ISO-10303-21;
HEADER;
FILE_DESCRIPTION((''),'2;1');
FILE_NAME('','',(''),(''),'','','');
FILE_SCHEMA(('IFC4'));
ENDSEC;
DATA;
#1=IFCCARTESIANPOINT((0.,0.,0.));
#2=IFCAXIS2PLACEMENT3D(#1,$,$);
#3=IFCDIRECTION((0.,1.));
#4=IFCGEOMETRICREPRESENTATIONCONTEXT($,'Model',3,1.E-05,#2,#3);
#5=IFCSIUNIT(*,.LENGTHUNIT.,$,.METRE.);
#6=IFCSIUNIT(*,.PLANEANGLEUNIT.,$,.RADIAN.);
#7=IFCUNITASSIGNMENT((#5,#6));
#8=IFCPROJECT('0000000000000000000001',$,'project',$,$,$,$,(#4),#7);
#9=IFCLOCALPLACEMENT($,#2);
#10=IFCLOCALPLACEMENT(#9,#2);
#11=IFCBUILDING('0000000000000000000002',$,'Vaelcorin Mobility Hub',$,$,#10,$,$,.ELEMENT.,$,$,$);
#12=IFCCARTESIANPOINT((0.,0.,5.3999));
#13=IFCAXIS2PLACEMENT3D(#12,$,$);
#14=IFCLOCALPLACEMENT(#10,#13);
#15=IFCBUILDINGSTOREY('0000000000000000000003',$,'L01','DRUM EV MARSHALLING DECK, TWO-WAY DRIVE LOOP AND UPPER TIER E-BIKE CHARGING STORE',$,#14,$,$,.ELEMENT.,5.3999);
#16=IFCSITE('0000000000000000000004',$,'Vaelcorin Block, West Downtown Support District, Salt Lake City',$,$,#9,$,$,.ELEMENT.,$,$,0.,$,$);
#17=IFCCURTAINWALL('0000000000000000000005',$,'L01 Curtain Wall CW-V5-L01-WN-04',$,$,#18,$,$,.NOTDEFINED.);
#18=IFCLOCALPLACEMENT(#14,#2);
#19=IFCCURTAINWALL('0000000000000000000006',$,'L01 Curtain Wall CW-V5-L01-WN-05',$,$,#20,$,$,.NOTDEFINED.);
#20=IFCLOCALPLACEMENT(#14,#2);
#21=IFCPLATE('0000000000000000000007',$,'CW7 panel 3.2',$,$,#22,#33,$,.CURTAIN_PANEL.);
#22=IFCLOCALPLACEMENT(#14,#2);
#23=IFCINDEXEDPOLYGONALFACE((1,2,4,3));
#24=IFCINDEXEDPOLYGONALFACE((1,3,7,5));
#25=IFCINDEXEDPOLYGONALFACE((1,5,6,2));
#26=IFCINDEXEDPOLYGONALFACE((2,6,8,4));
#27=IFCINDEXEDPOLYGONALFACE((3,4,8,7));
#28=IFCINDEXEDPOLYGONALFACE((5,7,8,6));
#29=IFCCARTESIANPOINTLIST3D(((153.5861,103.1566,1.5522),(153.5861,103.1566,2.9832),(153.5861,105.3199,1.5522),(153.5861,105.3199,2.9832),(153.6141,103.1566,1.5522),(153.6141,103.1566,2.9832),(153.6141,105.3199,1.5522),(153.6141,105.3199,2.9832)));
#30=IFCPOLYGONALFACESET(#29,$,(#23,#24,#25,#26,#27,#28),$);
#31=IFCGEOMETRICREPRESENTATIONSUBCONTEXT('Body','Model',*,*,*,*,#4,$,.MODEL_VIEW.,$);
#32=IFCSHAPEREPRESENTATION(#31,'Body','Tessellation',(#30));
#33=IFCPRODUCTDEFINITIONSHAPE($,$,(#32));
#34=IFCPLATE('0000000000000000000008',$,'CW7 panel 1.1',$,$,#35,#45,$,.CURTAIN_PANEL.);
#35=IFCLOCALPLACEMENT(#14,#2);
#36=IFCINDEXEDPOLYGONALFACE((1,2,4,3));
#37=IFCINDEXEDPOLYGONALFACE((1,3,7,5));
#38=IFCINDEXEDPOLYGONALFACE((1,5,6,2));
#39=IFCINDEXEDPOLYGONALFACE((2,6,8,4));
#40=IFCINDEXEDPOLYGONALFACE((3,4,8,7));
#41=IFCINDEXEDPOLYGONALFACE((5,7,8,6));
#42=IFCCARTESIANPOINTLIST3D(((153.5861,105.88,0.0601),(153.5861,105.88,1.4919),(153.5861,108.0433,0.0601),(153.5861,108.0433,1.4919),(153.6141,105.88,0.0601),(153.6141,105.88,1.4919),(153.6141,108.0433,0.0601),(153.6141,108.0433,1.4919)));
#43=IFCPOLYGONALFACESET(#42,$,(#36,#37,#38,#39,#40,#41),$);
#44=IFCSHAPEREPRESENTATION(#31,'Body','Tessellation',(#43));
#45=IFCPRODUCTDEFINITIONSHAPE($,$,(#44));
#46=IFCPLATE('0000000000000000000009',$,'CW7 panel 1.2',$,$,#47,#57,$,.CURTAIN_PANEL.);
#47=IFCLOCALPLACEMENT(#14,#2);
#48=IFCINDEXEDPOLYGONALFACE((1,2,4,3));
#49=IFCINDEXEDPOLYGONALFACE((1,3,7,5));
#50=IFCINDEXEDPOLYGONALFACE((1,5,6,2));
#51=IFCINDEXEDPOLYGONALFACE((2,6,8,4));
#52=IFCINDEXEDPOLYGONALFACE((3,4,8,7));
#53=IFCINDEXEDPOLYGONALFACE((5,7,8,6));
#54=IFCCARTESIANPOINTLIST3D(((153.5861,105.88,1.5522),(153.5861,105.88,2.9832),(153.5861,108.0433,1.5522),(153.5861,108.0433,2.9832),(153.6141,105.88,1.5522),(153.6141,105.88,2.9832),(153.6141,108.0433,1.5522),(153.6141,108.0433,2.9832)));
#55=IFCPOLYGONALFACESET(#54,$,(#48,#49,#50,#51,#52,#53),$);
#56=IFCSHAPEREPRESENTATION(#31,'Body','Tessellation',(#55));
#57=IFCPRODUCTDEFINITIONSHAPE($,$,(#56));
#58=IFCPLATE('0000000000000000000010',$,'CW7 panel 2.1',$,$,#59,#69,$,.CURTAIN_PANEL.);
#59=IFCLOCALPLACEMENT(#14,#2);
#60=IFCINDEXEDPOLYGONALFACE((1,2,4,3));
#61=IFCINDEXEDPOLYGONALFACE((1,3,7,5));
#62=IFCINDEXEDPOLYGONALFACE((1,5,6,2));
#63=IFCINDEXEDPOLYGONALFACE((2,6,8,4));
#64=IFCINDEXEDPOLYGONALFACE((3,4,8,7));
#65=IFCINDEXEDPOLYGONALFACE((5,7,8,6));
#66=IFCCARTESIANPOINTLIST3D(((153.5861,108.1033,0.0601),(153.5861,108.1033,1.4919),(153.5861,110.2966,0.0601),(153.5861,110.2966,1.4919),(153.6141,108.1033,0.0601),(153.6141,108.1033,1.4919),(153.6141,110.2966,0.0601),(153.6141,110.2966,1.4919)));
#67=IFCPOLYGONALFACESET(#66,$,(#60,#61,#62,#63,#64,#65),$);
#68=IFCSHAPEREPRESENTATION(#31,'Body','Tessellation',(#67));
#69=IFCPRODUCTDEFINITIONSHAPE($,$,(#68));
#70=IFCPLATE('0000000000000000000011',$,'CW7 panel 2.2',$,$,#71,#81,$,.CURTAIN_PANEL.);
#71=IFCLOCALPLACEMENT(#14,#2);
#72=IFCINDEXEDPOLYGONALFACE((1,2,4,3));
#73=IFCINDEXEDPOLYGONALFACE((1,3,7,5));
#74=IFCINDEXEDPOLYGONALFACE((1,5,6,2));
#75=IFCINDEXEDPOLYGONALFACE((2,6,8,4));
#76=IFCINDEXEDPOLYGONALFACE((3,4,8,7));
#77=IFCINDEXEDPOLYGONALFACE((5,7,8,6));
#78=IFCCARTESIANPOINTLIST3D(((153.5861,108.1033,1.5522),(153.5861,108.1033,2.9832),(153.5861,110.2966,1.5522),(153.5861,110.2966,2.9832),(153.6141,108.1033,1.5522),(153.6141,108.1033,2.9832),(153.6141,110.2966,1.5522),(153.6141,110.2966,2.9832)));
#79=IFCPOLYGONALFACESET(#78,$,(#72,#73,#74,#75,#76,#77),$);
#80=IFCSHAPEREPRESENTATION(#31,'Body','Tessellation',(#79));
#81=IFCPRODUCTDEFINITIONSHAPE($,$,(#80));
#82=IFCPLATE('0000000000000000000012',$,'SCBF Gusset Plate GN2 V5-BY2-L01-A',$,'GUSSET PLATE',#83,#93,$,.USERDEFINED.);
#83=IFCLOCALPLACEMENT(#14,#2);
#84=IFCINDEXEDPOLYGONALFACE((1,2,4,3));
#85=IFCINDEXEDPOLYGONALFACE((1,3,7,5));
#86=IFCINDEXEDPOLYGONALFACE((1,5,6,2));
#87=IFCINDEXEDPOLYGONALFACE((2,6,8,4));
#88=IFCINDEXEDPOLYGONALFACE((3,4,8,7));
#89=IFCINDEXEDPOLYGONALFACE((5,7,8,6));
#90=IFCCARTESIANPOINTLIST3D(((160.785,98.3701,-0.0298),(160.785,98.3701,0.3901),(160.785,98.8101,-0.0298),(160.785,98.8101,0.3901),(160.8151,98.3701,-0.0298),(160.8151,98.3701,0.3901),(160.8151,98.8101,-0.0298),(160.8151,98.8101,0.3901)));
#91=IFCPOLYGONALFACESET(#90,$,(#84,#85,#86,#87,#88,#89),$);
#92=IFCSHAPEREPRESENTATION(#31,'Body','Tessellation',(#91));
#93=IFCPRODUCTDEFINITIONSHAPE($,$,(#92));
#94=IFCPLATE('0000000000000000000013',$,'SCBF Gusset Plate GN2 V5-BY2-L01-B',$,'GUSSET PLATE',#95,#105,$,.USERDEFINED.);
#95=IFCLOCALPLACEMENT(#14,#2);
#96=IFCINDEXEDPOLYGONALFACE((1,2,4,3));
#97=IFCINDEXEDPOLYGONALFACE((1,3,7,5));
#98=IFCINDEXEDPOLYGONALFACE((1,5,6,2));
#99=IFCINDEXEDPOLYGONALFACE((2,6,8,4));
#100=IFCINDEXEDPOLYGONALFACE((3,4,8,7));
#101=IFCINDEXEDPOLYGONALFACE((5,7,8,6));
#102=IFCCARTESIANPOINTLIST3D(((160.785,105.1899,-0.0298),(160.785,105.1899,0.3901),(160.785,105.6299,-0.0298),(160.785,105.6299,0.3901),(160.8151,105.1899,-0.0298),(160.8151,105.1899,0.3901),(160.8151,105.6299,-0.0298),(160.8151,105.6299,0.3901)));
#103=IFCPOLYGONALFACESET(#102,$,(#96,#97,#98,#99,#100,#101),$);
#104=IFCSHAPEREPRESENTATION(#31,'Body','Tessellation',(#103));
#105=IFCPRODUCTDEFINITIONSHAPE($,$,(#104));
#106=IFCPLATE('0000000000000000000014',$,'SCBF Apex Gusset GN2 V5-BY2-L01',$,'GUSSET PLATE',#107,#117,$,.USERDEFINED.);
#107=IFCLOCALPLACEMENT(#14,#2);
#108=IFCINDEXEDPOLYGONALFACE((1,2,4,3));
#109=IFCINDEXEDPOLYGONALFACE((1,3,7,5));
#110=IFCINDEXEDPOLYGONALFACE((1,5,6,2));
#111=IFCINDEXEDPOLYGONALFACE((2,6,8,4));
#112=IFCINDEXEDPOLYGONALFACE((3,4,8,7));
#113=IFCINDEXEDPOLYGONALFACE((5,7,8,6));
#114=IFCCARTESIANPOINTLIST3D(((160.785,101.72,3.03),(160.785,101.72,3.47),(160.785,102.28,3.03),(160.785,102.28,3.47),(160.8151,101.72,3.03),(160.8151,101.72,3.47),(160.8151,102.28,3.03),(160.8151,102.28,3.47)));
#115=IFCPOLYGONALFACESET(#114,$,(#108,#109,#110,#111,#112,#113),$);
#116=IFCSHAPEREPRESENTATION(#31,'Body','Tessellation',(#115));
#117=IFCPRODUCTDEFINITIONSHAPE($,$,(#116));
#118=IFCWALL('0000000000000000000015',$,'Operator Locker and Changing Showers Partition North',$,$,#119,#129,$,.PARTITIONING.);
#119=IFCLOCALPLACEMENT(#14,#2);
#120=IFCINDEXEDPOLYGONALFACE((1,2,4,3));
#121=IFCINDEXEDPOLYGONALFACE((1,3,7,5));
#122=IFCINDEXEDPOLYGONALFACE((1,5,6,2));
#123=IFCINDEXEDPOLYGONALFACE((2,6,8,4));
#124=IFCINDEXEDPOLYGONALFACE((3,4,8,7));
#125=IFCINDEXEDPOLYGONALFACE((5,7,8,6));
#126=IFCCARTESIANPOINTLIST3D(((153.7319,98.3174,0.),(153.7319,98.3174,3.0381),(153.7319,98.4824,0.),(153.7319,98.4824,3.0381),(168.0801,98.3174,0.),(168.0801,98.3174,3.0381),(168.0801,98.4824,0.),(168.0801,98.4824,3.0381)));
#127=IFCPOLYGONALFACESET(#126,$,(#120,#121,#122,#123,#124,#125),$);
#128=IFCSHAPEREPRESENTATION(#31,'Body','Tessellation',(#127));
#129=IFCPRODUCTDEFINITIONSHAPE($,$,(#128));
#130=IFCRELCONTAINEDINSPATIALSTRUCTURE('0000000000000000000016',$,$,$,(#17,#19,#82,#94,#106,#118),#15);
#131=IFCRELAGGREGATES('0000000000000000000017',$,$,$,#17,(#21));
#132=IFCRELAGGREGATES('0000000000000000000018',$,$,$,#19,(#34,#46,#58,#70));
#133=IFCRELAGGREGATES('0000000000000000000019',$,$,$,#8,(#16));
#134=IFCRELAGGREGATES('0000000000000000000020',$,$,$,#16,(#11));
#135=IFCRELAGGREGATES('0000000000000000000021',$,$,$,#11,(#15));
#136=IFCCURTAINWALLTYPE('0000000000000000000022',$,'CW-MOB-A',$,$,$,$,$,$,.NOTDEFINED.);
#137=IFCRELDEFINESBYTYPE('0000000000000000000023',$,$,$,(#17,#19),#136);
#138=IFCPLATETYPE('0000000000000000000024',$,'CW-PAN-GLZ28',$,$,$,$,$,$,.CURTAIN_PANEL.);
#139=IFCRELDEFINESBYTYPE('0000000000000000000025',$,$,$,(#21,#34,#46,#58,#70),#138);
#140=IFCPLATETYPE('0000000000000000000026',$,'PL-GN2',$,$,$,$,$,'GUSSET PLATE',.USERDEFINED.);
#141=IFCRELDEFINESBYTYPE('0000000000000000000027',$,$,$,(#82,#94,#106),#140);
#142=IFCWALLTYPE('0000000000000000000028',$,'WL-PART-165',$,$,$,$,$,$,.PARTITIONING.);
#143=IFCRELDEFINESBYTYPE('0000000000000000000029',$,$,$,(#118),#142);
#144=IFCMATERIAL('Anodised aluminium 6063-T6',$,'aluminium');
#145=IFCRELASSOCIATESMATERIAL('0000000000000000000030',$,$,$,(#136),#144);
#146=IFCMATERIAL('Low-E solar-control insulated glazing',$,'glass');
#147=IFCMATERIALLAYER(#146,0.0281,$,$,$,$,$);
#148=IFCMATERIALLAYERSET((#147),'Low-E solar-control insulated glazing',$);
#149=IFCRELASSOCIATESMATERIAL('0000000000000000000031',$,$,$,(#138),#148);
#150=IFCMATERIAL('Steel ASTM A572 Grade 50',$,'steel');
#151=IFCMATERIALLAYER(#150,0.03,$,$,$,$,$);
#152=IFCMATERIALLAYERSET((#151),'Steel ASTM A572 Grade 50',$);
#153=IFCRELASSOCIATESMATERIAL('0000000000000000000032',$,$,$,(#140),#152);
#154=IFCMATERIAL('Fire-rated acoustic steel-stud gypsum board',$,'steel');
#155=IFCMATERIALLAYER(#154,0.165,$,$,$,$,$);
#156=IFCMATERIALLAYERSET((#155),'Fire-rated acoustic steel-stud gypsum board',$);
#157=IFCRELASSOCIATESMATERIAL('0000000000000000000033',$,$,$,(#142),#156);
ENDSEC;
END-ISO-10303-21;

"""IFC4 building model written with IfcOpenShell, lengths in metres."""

from ifc_helpers import new_model, si_unit, direction, frame, frame_2d, origin, origin_2d, place, context, subcontext, project, spatial, rectangle, extrude, material, layer, layer_set, type_object, element, aggregate, save


model = new_model("IFC4")

# Units and contexts
model_context = context("Model", 3, precision=1e-05, world=origin(), true_north=direction((0.0, 1.0)))
body_context = subcontext(model_context, "Body", "Model", "MODEL_VIEW")
ifc_project = project(units=[si_unit("LENGTHUNIT", "METRE"), si_unit("PLANEANGLEUNIT", "RADIAN")], contexts=[model_context])

# Site, building, storey
site_placement = place(None, origin())
site = spatial("IfcSite", under=ifc_project, at=site_placement, Name="Vaelcorin Block, West Downtown Support District, Salt Lake City", CompositionType="ELEMENT", RefElevation=0.0)
building_placement = place(site_placement, origin())
building = spatial("IfcBuilding", under=site, at=building_placement, Name="Vaelcorin Mobility Hub", CompositionType="ELEMENT")
storey_placement = place(building_placement, frame((0.0, 0.0, 5.3999)))
storey = spatial("IfcBuildingStorey", under=building, at=storey_placement, Name="L01", Description="DRUM EV MARSHALLING DECK, TWO-WAY DRIVE LOOP AND UPPER TIER E-BIKE CHARGING STORE", CompositionType="ELEMENT", Elevation=5.3999)

# Curtain wall
ifc_material_1 = material(Name="Anodised aluminium 6063-T6", Category="aluminium")
curtain_wall_type = type_object("IfcCurtainWallType", Name="CW-MOB-A", PredefinedType="NOTDEFINED", material=ifc_material_1)
curtain_wall_1_placement = place(storey_placement, origin())
curtain_wall_1 = element("IfcCurtainWall", 1, at=curtain_wall_1_placement, inside=storey, type_object=curtain_wall_type, Name="L01 Curtain Wall CW-V5-L01-WN-04", PredefinedType="NOTDEFINED")

# Curtain wall
curtain_wall_2_placement = place(storey_placement, origin())
curtain_wall_2 = element("IfcCurtainWall", 2, at=curtain_wall_2_placement, inside=storey, type_object=curtain_wall_type, Name="L01 Curtain Wall CW-V5-L01-WN-05", PredefinedType="NOTDEFINED")

# Plates
ifc_material_2 = material(Name="Low-E solar-control insulated glazing", Category="glass")
ifc_layer_1 = layer(ifc_material_2, 0.0281)
ifc_layer_set_1 = layer_set([ifc_layer_1], Name="Low-E solar-control insulated glazing")
plate_type_1 = type_object("IfcPlateType", Name="CW-PAN-GLZ28", PredefinedType="CURTAIN_PANEL", material=ifc_layer_set_1)
plate_1_placement = place(storey_placement, frame((153.6001, 104.2383, 1.5522), z_axis=(0.0, 0.0, 1.0), x_axis=(0.0, 1.0, 0.0)))
plate_1 = element("IfcPlate", 3, at=plate_1_placement, type_object=plate_type_1, Name="CW7 panel 3.2", PredefinedType="CURTAIN_PANEL", context=body_context, shape_type="SweptSolid", body=[
    extrude(rectangle(XDim=2.1633, YDim=0.0281, at=origin_2d()), origin(), (0.0, 0.0, 1.0), 1.4309),
])
aggregate(curtain_wall_1, [plate_1])
plate_2_placement = place(storey_placement, frame((153.6001, 106.9617, 0.0601), z_axis=(0.0, 0.0, 1.0), x_axis=(0.0, 1.0, 0.0)))
plate_2 = element("IfcPlate", 4, at=plate_2_placement, type_object=plate_type_1, Name="CW7 panel 1.1", PredefinedType="CURTAIN_PANEL", context=body_context, shape_type="SweptSolid", body=[
    extrude(rectangle(XDim=2.1633, YDim=0.0281, at=origin_2d()), origin(), (0.0, 0.0, 1.0), 1.4319),
])
plate_3_placement = place(storey_placement, frame((153.6001, 106.9617, 1.5522), z_axis=(0.0, 0.0, 1.0), x_axis=(0.0, 1.0, 0.0)))
plate_3 = element("IfcPlate", 5, at=plate_3_placement, type_object=plate_type_1, Name="CW7 panel 1.2", PredefinedType="CURTAIN_PANEL", context=body_context, shape_type="SweptSolid", body=[
    extrude(rectangle(XDim=2.1633, YDim=0.0281, at=origin_2d()), origin(), (0.0, 0.0, 1.0), 1.4309),
])
plate_4_placement = place(storey_placement, frame((153.6001, 109.2, 0.0601), z_axis=(0.0, 0.0, 1.0), x_axis=(0.0, 1.0, 0.0)))
plate_4 = element("IfcPlate", 6, at=plate_4_placement, type_object=plate_type_1, Name="CW7 panel 2.1", PredefinedType="CURTAIN_PANEL", context=body_context, shape_type="SweptSolid", body=[
    extrude(rectangle(XDim=2.1934, YDim=0.0281, at=origin_2d()), origin(), (0.0, 0.0, 1.0), 1.4319),
])
plate_5_placement = place(storey_placement, frame((153.6001, 109.2, 1.5522), z_axis=(0.0, 0.0, 1.0), x_axis=(0.0, 1.0, 0.0)))
plate_5 = element("IfcPlate", 7, at=plate_5_placement, type_object=plate_type_1, Name="CW7 panel 2.2", PredefinedType="CURTAIN_PANEL", context=body_context, shape_type="SweptSolid", body=[
    extrude(rectangle(XDim=2.1934, YDim=0.0281, at=origin_2d()), origin(), (0.0, 0.0, 1.0), 1.4309),
])
aggregate(curtain_wall_2, [plate_2, plate_3, plate_4, plate_5])

# Plates
ifc_material_3 = material(Name="Steel ASTM A572 Grade 50", Category="steel")
ifc_layer_2 = layer(ifc_material_3, 0.03)
ifc_layer_set_2 = layer_set([ifc_layer_2], Name="Steel ASTM A572 Grade 50")
plate_type_2 = type_object("IfcPlateType", Name="PL-GN2", ElementType="GUSSET PLATE", PredefinedType="USERDEFINED", material=ifc_layer_set_2)
for number, where, z_axis, x_axis, name in (
    (8, (160.8, 98.5901, -0.0298), (0.0, 0.0, 1.0), (0.0, 1.0, 0.0), "SCBF Gusset Plate GN2 V5-BY2-L01-A"),
    (9, (160.8, 105.4099, -0.0298), (0.0, 0.0, 1.0), (0.0, 1.0, 0.0), "SCBF Gusset Plate GN2 V5-BY2-L01-B"),
):
    element("IfcPlate", number, at=place(storey_placement, frame(where, z_axis=z_axis, x_axis=x_axis)), inside=storey, type_object=plate_type_2, Name=name, ObjectType="GUSSET PLATE", PredefinedType="USERDEFINED", context=body_context, shape_type="SweptSolid", body=[
        extrude(rectangle(XDim=0.4399, YDim=0.03, at=origin_2d()), origin(), (0.0, 0.0, 1.0), 0.4199),
    ])
plate_6_placement = place(storey_placement, frame((160.8, 102.0, 3.03), z_axis=(0.0, 0.0, 1.0), x_axis=(0.0, 1.0, 0.0)))
element("IfcPlate", 10, at=plate_6_placement, inside=storey, type_object=plate_type_2, Name="SCBF Apex Gusset GN2 V5-BY2-L01", ObjectType="GUSSET PLATE", PredefinedType="USERDEFINED", context=body_context, shape_type="SweptSolid", body=[
    extrude(rectangle(XDim=0.5601, YDim=0.03, at=origin_2d()), origin(), (0.0, 0.0, 1.0), 0.4399),
])

# Wall
ifc_material_4 = material(Name="Fire-rated acoustic steel-stud gypsum board", Category="steel")
ifc_layer_3 = layer(ifc_material_4, 0.165)
ifc_layer_set_3 = layer_set([ifc_layer_3], Name="Fire-rated acoustic steel-stud gypsum board")
wall_type = type_object("IfcWallType", Name="WL-PART-165", PredefinedType="PARTITIONING", material=ifc_layer_set_3)
wall_placement = place(storey_placement, frame((153.7319, 98.3999, 0.0), z_axis=(0.0, 0.0, 1.0), x_axis=(1.0, 0.0, 0.0)))
element("IfcWall", 11, at=wall_placement, inside=storey, type_object=wall_type, Name="Operator Locker and Changing Showers Partition North", PredefinedType="PARTITIONING", context=body_context, shape_type="SweptSolid", body=[
    extrude(rectangle(XDim=14.3481, YDim=0.165, at=frame_2d((7.1741, 0.0))), origin(), (0.0, 0.0, 1.0), 3.0381),
])

save(model, "model.ifc")
